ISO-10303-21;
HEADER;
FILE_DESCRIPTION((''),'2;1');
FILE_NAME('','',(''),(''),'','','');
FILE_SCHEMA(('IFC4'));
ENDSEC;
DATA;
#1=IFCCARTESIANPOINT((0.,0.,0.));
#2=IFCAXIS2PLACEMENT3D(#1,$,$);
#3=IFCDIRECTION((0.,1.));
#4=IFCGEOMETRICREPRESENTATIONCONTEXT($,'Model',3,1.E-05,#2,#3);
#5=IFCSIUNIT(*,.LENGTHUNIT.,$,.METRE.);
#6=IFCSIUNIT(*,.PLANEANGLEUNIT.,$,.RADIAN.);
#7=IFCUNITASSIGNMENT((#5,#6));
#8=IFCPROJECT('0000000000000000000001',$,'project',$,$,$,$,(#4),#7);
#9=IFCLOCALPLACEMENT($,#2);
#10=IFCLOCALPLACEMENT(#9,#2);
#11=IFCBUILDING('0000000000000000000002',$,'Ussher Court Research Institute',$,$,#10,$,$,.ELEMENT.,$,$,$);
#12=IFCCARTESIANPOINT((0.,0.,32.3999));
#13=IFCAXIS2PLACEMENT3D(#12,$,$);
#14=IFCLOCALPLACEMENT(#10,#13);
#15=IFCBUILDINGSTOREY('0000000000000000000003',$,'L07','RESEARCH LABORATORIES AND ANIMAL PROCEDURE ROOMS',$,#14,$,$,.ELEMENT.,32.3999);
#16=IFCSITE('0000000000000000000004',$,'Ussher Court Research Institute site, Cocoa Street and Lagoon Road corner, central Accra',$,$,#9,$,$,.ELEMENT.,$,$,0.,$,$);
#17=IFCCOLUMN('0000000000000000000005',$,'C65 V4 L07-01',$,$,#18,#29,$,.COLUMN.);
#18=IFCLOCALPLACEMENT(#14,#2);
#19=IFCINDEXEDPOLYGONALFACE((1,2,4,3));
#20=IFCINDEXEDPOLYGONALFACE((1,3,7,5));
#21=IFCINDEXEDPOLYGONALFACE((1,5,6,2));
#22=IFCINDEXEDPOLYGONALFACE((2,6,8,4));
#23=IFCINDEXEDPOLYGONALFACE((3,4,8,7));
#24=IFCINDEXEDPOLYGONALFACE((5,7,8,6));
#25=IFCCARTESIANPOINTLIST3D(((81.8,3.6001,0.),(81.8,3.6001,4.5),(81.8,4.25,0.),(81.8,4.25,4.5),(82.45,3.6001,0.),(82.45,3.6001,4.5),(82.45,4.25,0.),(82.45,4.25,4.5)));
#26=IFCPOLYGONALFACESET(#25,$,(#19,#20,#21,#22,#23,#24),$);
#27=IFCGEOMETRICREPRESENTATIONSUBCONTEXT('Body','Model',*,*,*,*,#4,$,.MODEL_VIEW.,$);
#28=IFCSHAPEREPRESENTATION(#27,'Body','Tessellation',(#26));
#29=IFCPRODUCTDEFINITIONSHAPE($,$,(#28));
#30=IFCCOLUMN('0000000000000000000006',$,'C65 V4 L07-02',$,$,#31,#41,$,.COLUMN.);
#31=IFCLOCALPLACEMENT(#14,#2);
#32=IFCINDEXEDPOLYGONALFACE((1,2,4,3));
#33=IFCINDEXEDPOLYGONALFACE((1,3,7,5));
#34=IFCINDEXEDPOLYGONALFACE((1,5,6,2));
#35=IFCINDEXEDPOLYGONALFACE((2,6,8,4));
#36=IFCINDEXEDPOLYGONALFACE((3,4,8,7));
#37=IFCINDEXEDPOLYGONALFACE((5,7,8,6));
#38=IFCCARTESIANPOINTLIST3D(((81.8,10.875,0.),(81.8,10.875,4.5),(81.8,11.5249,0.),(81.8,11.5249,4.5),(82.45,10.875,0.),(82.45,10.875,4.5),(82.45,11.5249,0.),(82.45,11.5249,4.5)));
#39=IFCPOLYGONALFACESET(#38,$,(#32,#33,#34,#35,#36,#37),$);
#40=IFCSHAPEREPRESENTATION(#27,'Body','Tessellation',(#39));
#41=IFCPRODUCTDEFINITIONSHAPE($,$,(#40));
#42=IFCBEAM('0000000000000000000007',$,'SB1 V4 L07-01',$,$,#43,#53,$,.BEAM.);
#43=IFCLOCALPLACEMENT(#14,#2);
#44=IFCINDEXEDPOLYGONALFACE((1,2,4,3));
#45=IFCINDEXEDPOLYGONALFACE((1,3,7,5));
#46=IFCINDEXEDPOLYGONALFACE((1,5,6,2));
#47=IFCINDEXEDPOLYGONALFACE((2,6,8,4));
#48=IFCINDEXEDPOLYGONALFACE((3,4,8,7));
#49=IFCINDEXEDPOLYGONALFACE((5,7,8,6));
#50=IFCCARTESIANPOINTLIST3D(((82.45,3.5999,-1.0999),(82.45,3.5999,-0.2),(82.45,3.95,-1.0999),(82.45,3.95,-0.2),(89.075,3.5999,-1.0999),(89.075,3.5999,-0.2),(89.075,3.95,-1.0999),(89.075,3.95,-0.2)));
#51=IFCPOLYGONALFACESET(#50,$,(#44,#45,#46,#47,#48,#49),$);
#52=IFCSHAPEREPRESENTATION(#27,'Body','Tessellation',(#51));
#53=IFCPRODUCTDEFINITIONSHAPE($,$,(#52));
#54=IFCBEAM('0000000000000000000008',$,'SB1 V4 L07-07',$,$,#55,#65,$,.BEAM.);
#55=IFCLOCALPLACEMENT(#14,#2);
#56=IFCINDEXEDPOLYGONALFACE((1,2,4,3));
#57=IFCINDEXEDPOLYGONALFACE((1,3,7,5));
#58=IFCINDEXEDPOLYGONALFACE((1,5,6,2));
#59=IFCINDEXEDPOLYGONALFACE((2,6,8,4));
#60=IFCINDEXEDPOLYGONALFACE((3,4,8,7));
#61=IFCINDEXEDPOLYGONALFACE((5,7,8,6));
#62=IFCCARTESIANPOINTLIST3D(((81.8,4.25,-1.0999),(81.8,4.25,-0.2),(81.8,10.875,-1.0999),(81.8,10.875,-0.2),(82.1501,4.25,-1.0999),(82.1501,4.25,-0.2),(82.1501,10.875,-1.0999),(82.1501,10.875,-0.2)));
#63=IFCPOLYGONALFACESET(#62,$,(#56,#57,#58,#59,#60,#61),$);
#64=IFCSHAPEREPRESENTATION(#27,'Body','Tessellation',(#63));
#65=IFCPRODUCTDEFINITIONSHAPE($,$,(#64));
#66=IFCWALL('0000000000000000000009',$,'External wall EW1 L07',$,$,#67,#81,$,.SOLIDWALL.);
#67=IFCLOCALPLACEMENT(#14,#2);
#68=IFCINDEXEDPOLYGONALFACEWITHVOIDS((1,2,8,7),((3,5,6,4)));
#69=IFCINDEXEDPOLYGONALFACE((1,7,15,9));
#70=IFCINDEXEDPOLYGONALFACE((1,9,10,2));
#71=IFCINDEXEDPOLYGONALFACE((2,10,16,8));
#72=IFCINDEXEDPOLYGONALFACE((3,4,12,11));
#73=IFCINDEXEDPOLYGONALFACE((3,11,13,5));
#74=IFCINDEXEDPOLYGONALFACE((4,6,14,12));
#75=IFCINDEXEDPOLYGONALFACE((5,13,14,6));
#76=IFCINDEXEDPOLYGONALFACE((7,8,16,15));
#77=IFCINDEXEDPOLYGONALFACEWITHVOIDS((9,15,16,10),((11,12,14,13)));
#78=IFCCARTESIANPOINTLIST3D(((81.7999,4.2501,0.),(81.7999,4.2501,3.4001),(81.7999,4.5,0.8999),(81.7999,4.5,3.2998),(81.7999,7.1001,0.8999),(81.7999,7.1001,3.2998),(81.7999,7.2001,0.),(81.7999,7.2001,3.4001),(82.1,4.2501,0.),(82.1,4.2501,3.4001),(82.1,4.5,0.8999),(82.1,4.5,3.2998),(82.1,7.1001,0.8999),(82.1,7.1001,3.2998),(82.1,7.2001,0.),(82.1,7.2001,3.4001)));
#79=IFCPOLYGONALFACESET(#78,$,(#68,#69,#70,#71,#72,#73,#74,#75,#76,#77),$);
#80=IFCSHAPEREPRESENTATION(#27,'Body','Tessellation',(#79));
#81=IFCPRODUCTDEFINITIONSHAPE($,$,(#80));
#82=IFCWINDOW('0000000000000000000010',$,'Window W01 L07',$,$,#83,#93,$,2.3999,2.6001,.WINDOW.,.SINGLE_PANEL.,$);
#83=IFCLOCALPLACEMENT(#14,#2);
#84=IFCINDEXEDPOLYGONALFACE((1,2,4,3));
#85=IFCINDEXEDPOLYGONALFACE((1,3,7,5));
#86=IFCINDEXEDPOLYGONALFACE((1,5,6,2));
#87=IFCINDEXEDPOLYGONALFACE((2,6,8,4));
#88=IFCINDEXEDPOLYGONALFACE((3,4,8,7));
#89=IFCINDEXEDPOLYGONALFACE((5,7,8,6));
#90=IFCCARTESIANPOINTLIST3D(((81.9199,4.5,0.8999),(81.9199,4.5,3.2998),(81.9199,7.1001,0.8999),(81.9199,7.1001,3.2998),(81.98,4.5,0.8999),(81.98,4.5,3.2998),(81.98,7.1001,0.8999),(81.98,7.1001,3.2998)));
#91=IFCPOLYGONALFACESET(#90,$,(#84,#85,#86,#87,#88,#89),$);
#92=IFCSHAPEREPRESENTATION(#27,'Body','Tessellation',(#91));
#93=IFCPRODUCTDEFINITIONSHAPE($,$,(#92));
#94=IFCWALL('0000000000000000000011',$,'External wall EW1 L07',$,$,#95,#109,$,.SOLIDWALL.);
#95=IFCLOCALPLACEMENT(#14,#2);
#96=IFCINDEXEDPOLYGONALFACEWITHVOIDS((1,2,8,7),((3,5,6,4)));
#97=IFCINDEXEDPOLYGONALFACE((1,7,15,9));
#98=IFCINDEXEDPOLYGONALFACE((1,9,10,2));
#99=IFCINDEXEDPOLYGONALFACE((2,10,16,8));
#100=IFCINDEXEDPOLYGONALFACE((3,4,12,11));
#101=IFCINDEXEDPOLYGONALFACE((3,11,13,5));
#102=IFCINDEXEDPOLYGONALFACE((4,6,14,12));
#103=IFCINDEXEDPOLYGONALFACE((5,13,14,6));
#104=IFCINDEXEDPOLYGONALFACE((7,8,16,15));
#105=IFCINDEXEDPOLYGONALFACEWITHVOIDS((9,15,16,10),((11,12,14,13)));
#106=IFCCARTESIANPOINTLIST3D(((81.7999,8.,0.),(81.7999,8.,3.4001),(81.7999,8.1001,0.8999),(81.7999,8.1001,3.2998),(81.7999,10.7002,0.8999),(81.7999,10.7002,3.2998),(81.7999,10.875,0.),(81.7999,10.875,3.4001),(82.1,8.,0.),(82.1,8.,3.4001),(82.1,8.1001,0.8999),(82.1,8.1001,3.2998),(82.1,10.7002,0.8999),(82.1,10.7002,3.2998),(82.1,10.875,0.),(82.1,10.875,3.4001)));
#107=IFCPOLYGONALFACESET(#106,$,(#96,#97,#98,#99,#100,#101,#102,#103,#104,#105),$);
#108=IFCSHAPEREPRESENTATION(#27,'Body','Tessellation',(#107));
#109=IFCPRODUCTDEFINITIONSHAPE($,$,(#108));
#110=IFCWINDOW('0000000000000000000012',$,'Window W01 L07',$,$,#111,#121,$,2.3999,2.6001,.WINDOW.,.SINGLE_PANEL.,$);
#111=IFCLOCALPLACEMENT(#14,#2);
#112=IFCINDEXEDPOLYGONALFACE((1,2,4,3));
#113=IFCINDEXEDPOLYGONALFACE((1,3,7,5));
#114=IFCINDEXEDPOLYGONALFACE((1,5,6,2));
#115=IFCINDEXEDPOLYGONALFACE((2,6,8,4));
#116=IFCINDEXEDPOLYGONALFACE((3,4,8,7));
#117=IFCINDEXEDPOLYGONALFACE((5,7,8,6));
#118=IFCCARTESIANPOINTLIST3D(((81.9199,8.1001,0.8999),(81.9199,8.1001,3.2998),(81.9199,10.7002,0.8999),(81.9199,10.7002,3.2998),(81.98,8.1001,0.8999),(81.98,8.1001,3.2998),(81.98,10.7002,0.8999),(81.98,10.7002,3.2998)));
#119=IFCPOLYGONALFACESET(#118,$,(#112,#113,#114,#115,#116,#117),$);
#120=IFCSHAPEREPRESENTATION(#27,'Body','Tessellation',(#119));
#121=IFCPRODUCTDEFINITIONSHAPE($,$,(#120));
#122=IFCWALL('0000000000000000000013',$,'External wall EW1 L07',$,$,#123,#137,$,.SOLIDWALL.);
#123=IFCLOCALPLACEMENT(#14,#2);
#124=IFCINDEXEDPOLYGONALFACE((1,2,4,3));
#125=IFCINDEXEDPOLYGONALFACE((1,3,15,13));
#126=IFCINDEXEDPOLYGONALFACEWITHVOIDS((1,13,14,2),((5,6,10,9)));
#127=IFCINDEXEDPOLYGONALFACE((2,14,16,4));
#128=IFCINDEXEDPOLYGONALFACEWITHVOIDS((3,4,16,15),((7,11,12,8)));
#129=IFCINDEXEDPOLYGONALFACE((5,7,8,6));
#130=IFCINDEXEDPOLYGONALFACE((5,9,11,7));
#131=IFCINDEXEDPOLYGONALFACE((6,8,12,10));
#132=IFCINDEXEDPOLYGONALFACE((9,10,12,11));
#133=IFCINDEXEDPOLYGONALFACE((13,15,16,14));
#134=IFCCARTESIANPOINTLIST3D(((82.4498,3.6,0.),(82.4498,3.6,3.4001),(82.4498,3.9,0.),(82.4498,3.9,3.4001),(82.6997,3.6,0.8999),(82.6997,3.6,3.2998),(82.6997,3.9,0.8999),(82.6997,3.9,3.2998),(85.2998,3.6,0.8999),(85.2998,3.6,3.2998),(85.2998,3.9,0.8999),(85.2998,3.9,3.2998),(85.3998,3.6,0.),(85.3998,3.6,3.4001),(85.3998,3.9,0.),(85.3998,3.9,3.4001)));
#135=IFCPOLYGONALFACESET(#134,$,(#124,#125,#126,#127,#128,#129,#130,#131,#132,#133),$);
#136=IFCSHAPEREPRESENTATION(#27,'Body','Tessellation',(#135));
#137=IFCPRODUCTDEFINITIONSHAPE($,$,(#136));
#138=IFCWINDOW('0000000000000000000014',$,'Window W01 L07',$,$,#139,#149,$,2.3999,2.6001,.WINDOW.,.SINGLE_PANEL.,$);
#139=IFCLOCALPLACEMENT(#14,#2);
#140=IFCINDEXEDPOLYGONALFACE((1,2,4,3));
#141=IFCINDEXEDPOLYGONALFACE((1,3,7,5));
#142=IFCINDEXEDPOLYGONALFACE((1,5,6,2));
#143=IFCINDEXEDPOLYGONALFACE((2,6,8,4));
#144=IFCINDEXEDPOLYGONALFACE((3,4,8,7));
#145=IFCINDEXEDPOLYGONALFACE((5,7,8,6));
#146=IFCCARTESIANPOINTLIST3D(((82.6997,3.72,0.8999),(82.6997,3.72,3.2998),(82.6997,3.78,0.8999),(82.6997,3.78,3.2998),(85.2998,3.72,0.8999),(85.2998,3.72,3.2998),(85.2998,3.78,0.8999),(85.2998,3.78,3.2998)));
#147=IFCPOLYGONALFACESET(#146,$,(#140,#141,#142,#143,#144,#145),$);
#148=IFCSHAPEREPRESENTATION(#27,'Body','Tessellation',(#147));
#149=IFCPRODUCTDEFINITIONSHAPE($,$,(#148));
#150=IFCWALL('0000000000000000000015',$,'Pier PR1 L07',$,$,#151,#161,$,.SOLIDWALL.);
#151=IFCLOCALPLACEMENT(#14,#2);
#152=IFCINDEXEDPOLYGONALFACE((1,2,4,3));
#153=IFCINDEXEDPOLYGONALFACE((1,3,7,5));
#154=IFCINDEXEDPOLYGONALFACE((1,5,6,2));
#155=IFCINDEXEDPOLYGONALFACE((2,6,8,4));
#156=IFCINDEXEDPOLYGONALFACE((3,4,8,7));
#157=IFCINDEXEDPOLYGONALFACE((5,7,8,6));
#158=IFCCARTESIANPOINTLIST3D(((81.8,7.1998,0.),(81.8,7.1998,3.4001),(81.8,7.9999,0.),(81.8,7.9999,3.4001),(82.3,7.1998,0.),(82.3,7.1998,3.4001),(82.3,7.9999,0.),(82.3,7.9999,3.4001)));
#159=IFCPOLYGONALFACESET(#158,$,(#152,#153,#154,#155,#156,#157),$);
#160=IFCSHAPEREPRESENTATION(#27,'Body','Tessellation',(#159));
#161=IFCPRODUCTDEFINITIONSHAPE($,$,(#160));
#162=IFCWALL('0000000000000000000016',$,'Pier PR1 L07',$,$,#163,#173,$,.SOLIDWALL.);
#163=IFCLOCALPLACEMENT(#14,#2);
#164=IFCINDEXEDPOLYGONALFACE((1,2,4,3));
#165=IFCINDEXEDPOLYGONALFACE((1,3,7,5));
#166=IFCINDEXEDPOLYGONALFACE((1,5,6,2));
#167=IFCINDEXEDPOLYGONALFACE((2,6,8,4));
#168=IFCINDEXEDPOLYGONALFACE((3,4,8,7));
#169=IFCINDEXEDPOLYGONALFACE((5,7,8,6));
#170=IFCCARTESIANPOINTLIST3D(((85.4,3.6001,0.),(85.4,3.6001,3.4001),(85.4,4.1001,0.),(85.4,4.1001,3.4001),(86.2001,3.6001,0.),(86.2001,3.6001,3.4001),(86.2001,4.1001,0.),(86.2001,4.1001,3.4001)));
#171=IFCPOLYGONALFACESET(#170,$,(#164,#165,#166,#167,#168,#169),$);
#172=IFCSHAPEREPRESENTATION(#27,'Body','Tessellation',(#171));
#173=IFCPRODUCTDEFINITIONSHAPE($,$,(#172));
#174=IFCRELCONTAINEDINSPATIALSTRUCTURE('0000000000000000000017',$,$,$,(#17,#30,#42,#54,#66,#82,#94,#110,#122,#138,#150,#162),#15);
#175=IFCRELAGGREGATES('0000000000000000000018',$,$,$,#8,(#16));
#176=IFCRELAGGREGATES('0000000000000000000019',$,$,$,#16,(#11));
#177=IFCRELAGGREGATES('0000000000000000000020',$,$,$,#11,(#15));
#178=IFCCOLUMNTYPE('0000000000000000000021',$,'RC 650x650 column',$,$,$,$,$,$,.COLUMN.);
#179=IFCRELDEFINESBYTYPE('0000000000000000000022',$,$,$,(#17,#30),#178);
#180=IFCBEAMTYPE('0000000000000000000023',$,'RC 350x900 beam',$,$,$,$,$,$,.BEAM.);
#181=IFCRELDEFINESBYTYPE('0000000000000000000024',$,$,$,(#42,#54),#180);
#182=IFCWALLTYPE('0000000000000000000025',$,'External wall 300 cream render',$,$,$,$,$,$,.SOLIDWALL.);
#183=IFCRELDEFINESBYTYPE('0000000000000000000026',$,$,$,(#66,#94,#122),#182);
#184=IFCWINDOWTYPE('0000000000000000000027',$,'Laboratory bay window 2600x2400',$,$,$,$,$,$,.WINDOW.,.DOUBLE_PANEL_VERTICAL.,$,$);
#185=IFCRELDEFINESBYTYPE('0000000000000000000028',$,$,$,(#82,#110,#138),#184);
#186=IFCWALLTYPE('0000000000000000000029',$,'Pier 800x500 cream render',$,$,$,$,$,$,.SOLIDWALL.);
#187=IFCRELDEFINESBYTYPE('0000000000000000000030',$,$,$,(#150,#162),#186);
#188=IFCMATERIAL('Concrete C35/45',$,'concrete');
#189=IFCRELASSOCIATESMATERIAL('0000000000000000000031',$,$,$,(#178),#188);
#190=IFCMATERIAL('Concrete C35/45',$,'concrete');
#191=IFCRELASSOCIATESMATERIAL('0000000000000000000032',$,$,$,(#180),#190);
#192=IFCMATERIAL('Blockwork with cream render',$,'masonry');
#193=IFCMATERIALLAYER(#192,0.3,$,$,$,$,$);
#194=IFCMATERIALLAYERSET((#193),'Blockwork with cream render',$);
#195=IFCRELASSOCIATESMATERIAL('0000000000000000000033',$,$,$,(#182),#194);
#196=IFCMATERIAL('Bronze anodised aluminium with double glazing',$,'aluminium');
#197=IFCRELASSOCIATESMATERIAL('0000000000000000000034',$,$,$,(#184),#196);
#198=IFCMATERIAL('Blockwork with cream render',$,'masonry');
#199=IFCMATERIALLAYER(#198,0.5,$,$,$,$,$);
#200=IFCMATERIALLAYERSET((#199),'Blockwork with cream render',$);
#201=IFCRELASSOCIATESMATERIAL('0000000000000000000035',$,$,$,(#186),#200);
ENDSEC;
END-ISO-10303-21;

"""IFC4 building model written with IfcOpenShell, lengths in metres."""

from ifc_helpers import new_model, si_unit, direction, frame, frame_2d, origin, origin_2d, place, context, subcontext, project, spatial, rectangle, extrude, material, layer, layer_set, material_profile, profile_set, type_object, element, fill, save


model = new_model("IFC4")

# Units and contexts
model_context = context("Model", 3, precision=1e-05, world=origin(), true_north=direction((0.0, 1.0)))
body_context = subcontext(model_context, "Body", "Model", "MODEL_VIEW")
ifc_project = project(units=[si_unit("LENGTHUNIT", "METRE"), si_unit("PLANEANGLEUNIT", "RADIAN")], contexts=[model_context])

# Site, building, storey
site_placement = place(None, origin())
site = spatial("IfcSite", under=ifc_project, at=site_placement, Name="Ussher Court Research Institute site, Cocoa Street and Lagoon Road corner, central Accra", CompositionType="ELEMENT", RefElevation=0.0)
building_placement = place(site_placement, origin())
building = spatial("IfcBuilding", under=site, at=building_placement, Name="Ussher Court Research Institute", CompositionType="ELEMENT")
storey_placement = place(building_placement, frame((0.0, 0.0, 32.3999)))
storey = spatial("IfcBuildingStorey", under=building, at=storey_placement, Name="L07", Description="RESEARCH LABORATORIES AND ANIMAL PROCEDURE ROOMS", CompositionType="ELEMENT", Elevation=32.3999)

# Columns
ifc_material_1 = material(Name="Concrete C35/45", Category="concrete")
ifc_material_profile_1 = material_profile(ifc_material_1, rectangle(XDim=0.6499, YDim=0.6499, at=origin_2d()), Name="RC 650x650")
ifc_profile_set_1 = profile_set([ifc_material_profile_1], Name="Concrete C35/45")
column_type = type_object("IfcColumnType", Name="RC 650x650 column", PredefinedType="COLUMN", material=ifc_profile_set_1)
for number, where, z_axis, x_axis, name in (
    (1, (82.125, 3.925, 0.0), (0.0, 0.0, 1.0), (1.0, 0.0, 0.0), "C65 V4 L07-01"),
    (2, (82.125, 11.2, 0.0), (0.0, 0.0, 1.0), (1.0, 0.0, 0.0), "C65 V4 L07-02"),
):
    element("IfcColumn", number, at=place(storey_placement, frame(where, z_axis=z_axis, x_axis=x_axis)), inside=storey, type_object=column_type, Name=name, PredefinedType="COLUMN", context=body_context, shape_type="SweptSolid", body=[
        extrude(rectangle(XDim=0.6499, YDim=0.6499, at=origin_2d()), origin(), (0.0, 0.0, 1.0), 4.5),
    ])

# Beams
ifc_material_2 = material(Name="Concrete C35/45", Category="concrete")
ifc_material_profile_2 = material_profile(ifc_material_2, rectangle(XDim=0.3501, YDim=0.8999, at=origin_2d()), Name="RC 350x900")
ifc_profile_set_2 = profile_set([ifc_material_profile_2], Name="Concrete C35/45")
beam_type = type_object("IfcBeamType", Name="RC 350x900 beam", PredefinedType="BEAM", material=ifc_profile_set_2)
for number, where, z_axis, x_axis, name in (
    (3, (82.45, 3.7749, -0.6499), (1.0, 0.0, 0.0), (0.0, 1.0, 0.0), "SB1 V4 L07-01"),
    (4, (81.9751, 4.25, -0.6499), (0.0, 1.0, 0.0), (-1.0, 0.0, 0.0), "SB1 V4 L07-07"),
):
    element("IfcBeam", number, at=place(storey_placement, frame(where, z_axis=z_axis, x_axis=x_axis)), inside=storey, type_object=beam_type, Name=name, PredefinedType="BEAM", context=body_context, shape_type="SweptSolid", body=[
        extrude(rectangle(XDim=0.3501, YDim=0.8999, at=origin_2d()), origin(), (0.0, 0.0, 1.0), 6.625),
    ])

# Walls, openings, windows
ifc_material_3 = material(Name="Blockwork with cream render", Category="masonry")
ifc_layer_1 = layer(ifc_material_3, 0.3)
ifc_layer_set_1 = layer_set([ifc_layer_1], Name="Blockwork with cream render")
wall_type_1 = type_object("IfcWallType", Name="External wall 300 cream render", PredefinedType="SOLIDWALL", material=ifc_layer_set_1)
wall_1_placement = place(storey_placement, frame((81.95, 4.25, 0.0), z_axis=(0.0, 0.0, 1.0), x_axis=(0.0, 1.0, 0.0)))
wall_1 = element("IfcWall", 5, at=wall_1_placement, inside=storey, type_object=wall_type_1, Name="External wall EW1 L07", PredefinedType="SOLIDWALL", context=body_context, shape_type="SweptSolid", body=[
    extrude(rectangle(XDim=2.95, YDim=0.3, at=frame_2d((1.4751, 0.0))), origin(), (0.0, 0.0, 1.0), 3.4001),
])
opening_1_placement = place(wall_1_placement, frame((0.25, 0.0, 0.8999)))
opening_1 = element("IfcOpeningElement", 6, at=opening_1_placement, cuts=wall_1, PredefinedType="OPENING", context=body_context, shape_type="SweptSolid", body=[
    extrude(rectangle(XDim=2.6001, YDim=2.3999, at=frame_2d((1.3, 1.2))), frame((0.0, 0.1602, 0.0), z_axis=(0.0, -1.0, 0.0), x_axis=(1.0, 0.0, 0.0)), (0.0, 0.0, 1.0), 0.3201),
])
ifc_material_4 = material(Name="Bronze anodised aluminium with double glazing", Category="aluminium")
window_type = type_object("IfcWindowType", Name="Laboratory bay window 2600x2400", PartitioningType="DOUBLE_PANEL_VERTICAL", PredefinedType="WINDOW", material=ifc_material_4)
window_1_placement = place(opening_1_placement, origin())
window_1 = element("IfcWindow", 7, at=window_1_placement, inside=storey, type_object=window_type, Name="Window W01 L07", OverallHeight=2.3999, OverallWidth=2.6001, PartitioningType="SINGLE_PANEL", PredefinedType="WINDOW", context=body_context, shape_type="SweptSolid", body=[
    extrude(rectangle(XDim=2.6001, YDim=2.3999, at=frame_2d((1.3, 1.2))), frame((0.0, 0.03, 0.0), z_axis=(0.0, -1.0, 0.0), x_axis=(1.0, 0.0, 0.0)), (0.0, 0.0, 1.0), 0.0601),
])
fill(opening_1, window_1)
wall_2_placement = place(storey_placement, frame((81.95, 8.0, 0.0), z_axis=(0.0, 0.0, 1.0), x_axis=(0.0, 1.0, 0.0)))
wall_2 = element("IfcWall", 8, at=wall_2_placement, inside=storey, type_object=wall_type_1, Name="External wall EW1 L07", PredefinedType="SOLIDWALL", context=body_context, shape_type="SweptSolid", body=[
    extrude(rectangle(XDim=2.875, YDim=0.3, at=frame_2d((1.4375, 0.0))), origin(), (0.0, 0.0, 1.0), 3.4001),
])
opening_2_placement = place(wall_2_placement, frame((0.1001, 0.0, 0.8999)))
opening_2 = element("IfcOpeningElement", 9, at=opening_2_placement, cuts=wall_2, PredefinedType="OPENING", context=body_context, shape_type="SweptSolid", body=[
    extrude(rectangle(XDim=2.6001, YDim=2.3999, at=frame_2d((1.3, 1.2))), frame((0.0, 0.1602, 0.0), z_axis=(0.0, -1.0, 0.0), x_axis=(1.0, 0.0, 0.0)), (0.0, 0.0, 1.0), 0.3201),
])
window_2_placement = place(opening_2_placement, origin())
window_2 = element("IfcWindow", 10, at=window_2_placement, inside=storey, type_object=window_type, Name="Window W01 L07", OverallHeight=2.3999, OverallWidth=2.6001, PartitioningType="SINGLE_PANEL", PredefinedType="WINDOW", context=body_context, shape_type="SweptSolid", body=[
    extrude(rectangle(XDim=2.6001, YDim=2.3999, at=frame_2d((1.3, 1.2))), frame((0.0, 0.03, 0.0), z_axis=(0.0, -1.0, 0.0), x_axis=(1.0, 0.0, 0.0)), (0.0, 0.0, 1.0), 0.0601),
])
fill(opening_2, window_2)
wall_3_placement = place(storey_placement, frame((85.3999, 3.75, 0.0), z_axis=(0.0, 0.0, 1.0), x_axis=(-1.0, 0.0, 0.0)))
wall_3 = element("IfcWall", 11, at=wall_3_placement, inside=storey, type_object=wall_type_1, Name="External wall EW1 L07", PredefinedType="SOLIDWALL", context=body_context, shape_type="SweptSolid", body=[
    extrude(rectangle(XDim=2.95, YDim=0.3, at=frame_2d((1.4751, 0.0))), origin(), (0.0, 0.0, 1.0), 3.4001),
])
opening_3_placement = place(wall_3_placement, frame((0.1001, 0.0, 0.8999)))
opening_3 = element("IfcOpeningElement", 12, at=opening_3_placement, cuts=wall_3, PredefinedType="OPENING", context=body_context, shape_type="SweptSolid", body=[
    extrude(rectangle(XDim=2.6001, YDim=2.3999, at=frame_2d((1.3, 1.2))), frame((0.0, 0.1602, 0.0), z_axis=(0.0, -1.0, 0.0), x_axis=(1.0, 0.0, 0.0)), (0.0, 0.0, 1.0), 0.3201),
])
window_3_placement = place(opening_3_placement, origin())
window_3 = element("IfcWindow", 13, at=window_3_placement, inside=storey, type_object=window_type, Name="Window W01 L07", OverallHeight=2.3999, OverallWidth=2.6001, PartitioningType="SINGLE_PANEL", PredefinedType="WINDOW", context=body_context, shape_type="SweptSolid", body=[
    extrude(rectangle(XDim=2.6001, YDim=2.3999, at=frame_2d((1.3, 1.2))), frame((0.0, 0.03, 0.0), z_axis=(0.0, -1.0, 0.0), x_axis=(1.0, 0.0, 0.0)), (0.0, 0.0, 1.0), 0.0601),
])
fill(opening_3, window_3)

# Walls
ifc_material_5 = material(Name="Blockwork with cream render", Category="masonry")
ifc_layer_2 = layer(ifc_material_5, 0.5)
ifc_layer_set_2 = layer_set([ifc_layer_2], Name="Blockwork with cream render")
wall_type_2 = type_object("IfcWallType", Name="Pier 800x500 cream render", PredefinedType="SOLIDWALL", material=ifc_layer_set_2)
for number, where, z_axis, x_axis, name in (
    (14, (82.05, 7.2, 0.0), (0.0, 0.0, 1.0), (0.0, 1.0, 0.0), "Pier PR1 L07"),
    (15, (86.2, 3.8501, 0.0), (0.0, 0.0, 1.0), (-1.0, 0.0, 0.0), "Pier PR1 L07"),
):
    element("IfcWall", number, at=place(storey_placement, frame(where, z_axis=z_axis, x_axis=x_axis)), inside=storey, type_object=wall_type_2, Name=name, PredefinedType="SOLIDWALL", context=body_context, shape_type="SweptSolid", body=[
        extrude(rectangle(XDim=0.8, YDim=0.5, at=frame_2d((0.3999, 0.0))), origin(), (0.0, 0.0, 1.0), 3.4001),
    ])

save(model, "model.ifc")
